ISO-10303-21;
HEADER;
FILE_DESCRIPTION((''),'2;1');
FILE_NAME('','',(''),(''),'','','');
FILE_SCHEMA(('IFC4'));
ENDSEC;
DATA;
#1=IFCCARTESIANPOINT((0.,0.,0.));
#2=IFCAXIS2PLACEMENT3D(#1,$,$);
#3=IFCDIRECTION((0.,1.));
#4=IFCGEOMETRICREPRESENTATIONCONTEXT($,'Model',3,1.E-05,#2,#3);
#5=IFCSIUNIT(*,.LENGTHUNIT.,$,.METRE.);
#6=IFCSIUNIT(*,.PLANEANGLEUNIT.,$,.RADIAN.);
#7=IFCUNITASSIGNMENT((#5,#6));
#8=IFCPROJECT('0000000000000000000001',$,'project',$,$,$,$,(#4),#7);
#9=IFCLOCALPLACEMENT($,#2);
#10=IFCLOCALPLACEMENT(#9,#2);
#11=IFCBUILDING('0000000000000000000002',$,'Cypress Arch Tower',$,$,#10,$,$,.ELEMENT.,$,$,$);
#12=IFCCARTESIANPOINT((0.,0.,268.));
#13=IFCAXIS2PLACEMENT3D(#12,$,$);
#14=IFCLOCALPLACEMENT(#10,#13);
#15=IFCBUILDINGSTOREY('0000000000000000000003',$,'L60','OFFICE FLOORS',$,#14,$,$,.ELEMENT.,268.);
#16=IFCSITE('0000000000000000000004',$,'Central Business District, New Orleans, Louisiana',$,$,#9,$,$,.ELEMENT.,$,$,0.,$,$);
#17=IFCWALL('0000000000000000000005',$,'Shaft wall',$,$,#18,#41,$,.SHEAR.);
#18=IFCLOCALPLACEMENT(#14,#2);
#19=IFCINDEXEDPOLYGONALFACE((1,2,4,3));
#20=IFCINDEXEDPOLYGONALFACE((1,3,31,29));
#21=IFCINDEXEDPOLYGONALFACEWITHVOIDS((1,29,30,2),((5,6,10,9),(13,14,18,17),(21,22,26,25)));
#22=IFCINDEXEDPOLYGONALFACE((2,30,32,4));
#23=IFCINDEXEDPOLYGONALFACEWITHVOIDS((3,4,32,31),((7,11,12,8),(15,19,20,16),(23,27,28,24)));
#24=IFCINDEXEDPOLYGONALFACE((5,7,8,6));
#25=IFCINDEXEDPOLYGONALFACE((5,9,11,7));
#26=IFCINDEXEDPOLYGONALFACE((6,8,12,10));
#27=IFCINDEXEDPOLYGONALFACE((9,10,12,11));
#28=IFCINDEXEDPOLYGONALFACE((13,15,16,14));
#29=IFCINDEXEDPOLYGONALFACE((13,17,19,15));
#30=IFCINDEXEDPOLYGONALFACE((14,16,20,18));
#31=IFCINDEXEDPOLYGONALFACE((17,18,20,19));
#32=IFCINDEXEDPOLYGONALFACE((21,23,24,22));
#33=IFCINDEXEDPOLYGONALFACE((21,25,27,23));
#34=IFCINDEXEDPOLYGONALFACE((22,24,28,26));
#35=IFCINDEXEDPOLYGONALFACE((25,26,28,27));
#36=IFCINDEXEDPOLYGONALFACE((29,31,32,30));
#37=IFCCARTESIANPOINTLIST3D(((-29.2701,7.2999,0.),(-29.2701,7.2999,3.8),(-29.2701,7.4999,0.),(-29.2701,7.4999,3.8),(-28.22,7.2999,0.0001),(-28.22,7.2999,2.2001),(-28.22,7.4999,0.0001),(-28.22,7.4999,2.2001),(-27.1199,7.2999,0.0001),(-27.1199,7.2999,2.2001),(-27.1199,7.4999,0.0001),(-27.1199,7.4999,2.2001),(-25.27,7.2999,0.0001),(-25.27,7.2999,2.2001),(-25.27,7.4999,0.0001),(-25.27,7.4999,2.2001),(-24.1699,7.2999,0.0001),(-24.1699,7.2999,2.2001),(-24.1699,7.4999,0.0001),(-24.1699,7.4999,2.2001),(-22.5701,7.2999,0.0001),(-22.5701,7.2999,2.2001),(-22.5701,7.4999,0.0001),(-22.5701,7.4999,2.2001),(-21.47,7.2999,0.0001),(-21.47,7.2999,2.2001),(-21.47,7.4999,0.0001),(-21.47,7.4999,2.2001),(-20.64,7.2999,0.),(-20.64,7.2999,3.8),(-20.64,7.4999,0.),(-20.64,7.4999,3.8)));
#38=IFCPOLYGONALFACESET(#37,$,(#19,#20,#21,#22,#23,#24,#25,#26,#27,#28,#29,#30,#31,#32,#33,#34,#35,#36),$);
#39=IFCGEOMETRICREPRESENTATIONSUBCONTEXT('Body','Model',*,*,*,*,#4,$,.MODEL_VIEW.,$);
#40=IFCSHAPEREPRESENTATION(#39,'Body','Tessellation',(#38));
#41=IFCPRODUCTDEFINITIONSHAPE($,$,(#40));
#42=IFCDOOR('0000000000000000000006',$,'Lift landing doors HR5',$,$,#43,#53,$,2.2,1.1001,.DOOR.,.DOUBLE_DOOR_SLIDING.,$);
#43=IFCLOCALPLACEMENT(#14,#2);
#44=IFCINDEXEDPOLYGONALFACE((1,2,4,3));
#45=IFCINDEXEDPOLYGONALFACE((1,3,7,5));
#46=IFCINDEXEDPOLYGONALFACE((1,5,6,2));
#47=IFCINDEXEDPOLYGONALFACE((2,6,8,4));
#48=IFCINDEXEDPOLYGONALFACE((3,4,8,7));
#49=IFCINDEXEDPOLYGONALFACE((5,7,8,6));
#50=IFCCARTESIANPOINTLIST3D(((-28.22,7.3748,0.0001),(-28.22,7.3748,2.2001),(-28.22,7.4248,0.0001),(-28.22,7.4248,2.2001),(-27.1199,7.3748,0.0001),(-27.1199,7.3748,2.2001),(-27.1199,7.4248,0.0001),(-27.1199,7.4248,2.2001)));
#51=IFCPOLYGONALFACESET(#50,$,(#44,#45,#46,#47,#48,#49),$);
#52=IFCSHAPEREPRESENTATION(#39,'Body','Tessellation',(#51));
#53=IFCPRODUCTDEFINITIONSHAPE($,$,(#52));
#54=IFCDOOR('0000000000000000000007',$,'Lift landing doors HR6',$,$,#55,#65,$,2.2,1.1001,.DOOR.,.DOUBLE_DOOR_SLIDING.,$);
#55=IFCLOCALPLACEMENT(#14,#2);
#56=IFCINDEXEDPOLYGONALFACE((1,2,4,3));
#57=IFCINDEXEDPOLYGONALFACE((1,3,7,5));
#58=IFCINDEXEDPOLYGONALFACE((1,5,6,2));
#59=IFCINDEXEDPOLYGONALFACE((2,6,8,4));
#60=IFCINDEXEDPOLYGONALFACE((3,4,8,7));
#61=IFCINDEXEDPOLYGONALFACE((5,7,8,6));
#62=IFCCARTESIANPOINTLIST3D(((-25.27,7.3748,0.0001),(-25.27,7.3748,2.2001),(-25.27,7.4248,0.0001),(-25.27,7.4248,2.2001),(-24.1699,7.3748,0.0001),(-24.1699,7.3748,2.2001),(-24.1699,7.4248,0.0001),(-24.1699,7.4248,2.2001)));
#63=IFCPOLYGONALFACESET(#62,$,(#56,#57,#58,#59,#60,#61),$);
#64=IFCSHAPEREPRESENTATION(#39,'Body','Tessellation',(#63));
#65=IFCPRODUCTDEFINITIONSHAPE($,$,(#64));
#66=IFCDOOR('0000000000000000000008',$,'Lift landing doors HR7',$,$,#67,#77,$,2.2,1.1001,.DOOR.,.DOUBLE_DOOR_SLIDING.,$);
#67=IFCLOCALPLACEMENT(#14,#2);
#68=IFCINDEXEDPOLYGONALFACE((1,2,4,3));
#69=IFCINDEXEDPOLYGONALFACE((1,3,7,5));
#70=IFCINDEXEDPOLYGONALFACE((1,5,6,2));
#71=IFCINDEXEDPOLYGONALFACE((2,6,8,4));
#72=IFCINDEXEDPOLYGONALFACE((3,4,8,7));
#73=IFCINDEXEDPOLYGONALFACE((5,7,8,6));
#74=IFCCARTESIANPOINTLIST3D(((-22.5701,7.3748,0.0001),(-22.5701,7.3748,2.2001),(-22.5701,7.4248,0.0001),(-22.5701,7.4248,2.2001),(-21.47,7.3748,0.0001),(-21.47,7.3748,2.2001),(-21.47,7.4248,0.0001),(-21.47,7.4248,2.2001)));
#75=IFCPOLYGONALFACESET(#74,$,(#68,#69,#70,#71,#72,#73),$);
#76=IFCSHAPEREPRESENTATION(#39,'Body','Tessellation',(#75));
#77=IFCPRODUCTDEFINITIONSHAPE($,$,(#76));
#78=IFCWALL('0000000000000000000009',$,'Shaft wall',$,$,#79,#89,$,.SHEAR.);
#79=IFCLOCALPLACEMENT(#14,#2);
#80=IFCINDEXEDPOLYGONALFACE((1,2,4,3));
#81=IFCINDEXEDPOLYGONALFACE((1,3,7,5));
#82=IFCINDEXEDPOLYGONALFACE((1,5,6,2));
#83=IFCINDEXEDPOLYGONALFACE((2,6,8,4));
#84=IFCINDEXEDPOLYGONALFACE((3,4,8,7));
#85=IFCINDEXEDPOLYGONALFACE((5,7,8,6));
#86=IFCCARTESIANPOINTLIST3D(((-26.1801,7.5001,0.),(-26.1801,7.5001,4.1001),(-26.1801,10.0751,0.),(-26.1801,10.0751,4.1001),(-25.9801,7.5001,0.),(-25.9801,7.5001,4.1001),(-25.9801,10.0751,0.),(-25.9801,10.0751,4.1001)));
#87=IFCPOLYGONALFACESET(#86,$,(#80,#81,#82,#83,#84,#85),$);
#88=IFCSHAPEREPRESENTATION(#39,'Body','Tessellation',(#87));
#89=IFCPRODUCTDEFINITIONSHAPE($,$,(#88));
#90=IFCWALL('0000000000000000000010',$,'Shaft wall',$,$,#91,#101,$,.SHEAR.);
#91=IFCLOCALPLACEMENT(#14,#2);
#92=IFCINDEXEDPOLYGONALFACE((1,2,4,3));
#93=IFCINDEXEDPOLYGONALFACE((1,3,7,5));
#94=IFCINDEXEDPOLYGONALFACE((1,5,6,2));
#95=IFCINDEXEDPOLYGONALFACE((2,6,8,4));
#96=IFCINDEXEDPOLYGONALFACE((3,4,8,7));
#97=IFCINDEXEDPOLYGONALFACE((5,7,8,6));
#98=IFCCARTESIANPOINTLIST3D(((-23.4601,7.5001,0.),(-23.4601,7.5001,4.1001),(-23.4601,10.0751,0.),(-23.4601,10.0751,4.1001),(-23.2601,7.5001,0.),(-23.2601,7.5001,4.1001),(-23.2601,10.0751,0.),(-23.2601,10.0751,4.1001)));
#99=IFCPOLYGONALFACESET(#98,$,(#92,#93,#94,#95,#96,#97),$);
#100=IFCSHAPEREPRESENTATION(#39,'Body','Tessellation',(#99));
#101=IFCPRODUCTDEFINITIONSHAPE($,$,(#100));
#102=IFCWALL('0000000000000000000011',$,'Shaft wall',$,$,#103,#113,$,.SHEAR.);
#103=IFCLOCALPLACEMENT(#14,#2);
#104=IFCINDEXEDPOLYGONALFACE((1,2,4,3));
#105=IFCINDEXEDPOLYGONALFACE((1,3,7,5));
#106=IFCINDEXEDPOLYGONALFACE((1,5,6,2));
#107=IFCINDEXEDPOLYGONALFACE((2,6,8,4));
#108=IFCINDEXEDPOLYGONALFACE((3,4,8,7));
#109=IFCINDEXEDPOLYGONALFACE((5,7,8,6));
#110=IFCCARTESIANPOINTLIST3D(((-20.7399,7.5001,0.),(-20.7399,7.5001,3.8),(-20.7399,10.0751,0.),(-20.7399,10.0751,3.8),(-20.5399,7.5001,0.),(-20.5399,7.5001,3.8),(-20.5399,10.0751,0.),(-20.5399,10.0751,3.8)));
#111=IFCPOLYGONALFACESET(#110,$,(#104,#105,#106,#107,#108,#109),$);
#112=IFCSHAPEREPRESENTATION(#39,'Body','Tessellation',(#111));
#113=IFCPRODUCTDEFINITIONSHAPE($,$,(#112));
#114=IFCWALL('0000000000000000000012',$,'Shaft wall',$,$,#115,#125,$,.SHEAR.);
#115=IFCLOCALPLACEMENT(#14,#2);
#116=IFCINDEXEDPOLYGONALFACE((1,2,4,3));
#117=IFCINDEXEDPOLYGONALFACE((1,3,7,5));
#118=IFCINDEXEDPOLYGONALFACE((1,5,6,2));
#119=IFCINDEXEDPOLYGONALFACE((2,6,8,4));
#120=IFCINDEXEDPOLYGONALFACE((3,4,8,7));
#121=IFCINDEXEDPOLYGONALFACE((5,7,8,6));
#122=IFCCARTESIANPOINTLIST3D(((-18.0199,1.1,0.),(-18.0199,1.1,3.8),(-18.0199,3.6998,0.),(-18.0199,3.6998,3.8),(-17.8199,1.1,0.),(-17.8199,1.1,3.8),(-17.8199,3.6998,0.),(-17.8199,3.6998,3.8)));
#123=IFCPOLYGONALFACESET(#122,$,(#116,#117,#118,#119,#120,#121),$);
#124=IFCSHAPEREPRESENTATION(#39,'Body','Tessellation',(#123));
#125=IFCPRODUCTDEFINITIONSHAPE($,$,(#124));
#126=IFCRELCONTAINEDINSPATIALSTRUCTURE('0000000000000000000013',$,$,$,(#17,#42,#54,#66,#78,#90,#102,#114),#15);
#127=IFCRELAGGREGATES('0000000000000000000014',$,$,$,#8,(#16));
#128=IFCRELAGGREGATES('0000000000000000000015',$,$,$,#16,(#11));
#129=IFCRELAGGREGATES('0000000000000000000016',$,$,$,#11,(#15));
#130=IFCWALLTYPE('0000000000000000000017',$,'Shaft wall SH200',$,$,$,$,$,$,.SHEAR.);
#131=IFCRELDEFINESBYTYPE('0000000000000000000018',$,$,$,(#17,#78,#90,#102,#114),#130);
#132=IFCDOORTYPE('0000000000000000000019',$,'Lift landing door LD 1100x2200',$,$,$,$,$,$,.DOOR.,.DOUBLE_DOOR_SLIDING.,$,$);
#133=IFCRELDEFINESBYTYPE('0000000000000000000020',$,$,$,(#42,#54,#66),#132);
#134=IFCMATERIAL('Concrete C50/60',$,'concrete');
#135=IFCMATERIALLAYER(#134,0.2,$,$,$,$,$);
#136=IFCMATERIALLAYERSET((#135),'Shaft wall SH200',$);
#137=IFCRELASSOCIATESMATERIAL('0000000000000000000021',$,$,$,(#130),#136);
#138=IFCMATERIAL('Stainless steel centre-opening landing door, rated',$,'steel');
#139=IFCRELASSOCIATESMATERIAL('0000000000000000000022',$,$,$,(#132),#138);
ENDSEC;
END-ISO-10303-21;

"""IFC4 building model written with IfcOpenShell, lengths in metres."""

from ifc_helpers import new_model, si_unit, direction, frame, frame_2d, origin, place, context, subcontext, project, spatial, rectangle, extrude, material, layer, layer_set, type_object, element, fill, save


model = new_model("IFC4")

# Units and contexts
model_context = context("Model", 3, precision=1e-05, world=origin(), true_north=direction((0.0, 1.0)))
body_context = subcontext(model_context, "Body", "Model", "MODEL_VIEW")
ifc_project = project(units=[si_unit("LENGTHUNIT", "METRE"), si_unit("PLANEANGLEUNIT", "RADIAN")], contexts=[model_context])

# Site, building, storey
site_placement = place(None, origin())
site = spatial("IfcSite", under=ifc_project, at=site_placement, Name="Central Business District, New Orleans, Louisiana", CompositionType="ELEMENT", RefElevation=0.0)
building_placement = place(site_placement, origin())
building = spatial("IfcBuilding", under=site, at=building_placement, Name="Cypress Arch Tower", CompositionType="ELEMENT")
storey_placement = place(building_placement, frame((0.0, 0.0, 268.0)))
storey = spatial("IfcBuildingStorey", under=building, at=storey_placement, Name="L60", Description="OFFICE FLOORS", CompositionType="ELEMENT", Elevation=268.0)

# Wall, openings, doors
ifc_material_1 = material(Name="Concrete C50/60", Category="concrete")
ifc_layer_1 = layer(ifc_material_1, 0.2)
ifc_layer_set_1 = layer_set([ifc_layer_1], Name="Shaft wall SH200")
wall_type_1 = type_object("IfcWallType", Name="Shaft wall SH200", PredefinedType="SHEAR", material=ifc_layer_set_1)
wall_1_placement = place(storey_placement, frame((-29.27, 7.3999, 0.0), z_axis=(0.0, 0.0, 1.0), x_axis=(1.0, 0.0, 0.0)))
wall_1 = element("IfcWall", 1, at=wall_1_placement, inside=storey, type_object=wall_type_1, Name="Shaft wall", PredefinedType="SHEAR", context=body_context, shape_type="SweptSolid", body=[
    extrude(rectangle(XDim=8.6301, YDim=0.2, at=frame_2d((4.3149, 0.0))), origin(), (0.0, 0.0, 1.0), 3.8),
])
opening_1_placement = place(wall_1_placement, frame((1.05, 0.0, 0.0)))
opening_1 = element("IfcOpeningElement", 2, at=opening_1_placement, cuts=wall_1, PredefinedType="OPENING", context=body_context, shape_type="SweptSolid", body=[
    extrude(rectangle(XDim=1.1001, YDim=2.2, at=frame_2d((0.55, 1.1001))), frame((0.0, 0.1099, 0.0), z_axis=(0.0, -1.0, 0.0), x_axis=(1.0, 0.0, 0.0)), (0.0, 0.0, 1.0), 0.22),
])
opening_2_placement = place(wall_1_placement, frame((4.0, 0.0, 0.0)))
opening_2 = element("IfcOpeningElement", 3, at=opening_2_placement, cuts=wall_1, PredefinedType="OPENING", context=body_context, shape_type="SweptSolid", body=[
    extrude(rectangle(XDim=1.1001, YDim=2.2, at=frame_2d((0.55, 1.1001))), frame((0.0, 0.1099, 0.0), z_axis=(0.0, -1.0, 0.0), x_axis=(1.0, 0.0, 0.0)), (0.0, 0.0, 1.0), 0.22),
])
opening_3_placement = place(wall_1_placement, frame((6.7, 0.0, 0.0)))
opening_3 = element("IfcOpeningElement", 4, at=opening_3_placement, cuts=wall_1, PredefinedType="OPENING", context=body_context, shape_type="SweptSolid", body=[
    extrude(rectangle(XDim=1.1001, YDim=2.2, at=frame_2d((0.55, 1.1001))), frame((0.0, 0.1099, 0.0), z_axis=(0.0, -1.0, 0.0), x_axis=(1.0, 0.0, 0.0)), (0.0, 0.0, 1.0), 0.22),
])
ifc_material_2 = material(Name="Stainless steel centre-opening landing door, rated", Category="steel")
door_type_1 = type_object("IfcDoorType", Name="Lift landing door LD 1100x2200", OperationType="DOUBLE_DOOR_SLIDING", PredefinedType="DOOR", material=ifc_material_2)
door_1_placement = place(opening_1_placement, origin())
door_1 = element("IfcDoor", 5, at=door_1_placement, inside=storey, type_object=door_type_1, Name="Lift landing doors HR5", OperationType="DOUBLE_DOOR_SLIDING", OverallHeight=2.2, OverallWidth=1.1001, PredefinedType="DOOR", context=body_context, shape_type="SweptSolid", body=[
    extrude(rectangle(XDim=1.1001, YDim=2.2, at=frame_2d((0.55, 1.1001))), frame((0.0, 0.0249, 0.0), z_axis=(0.0, -1.0, 0.0), x_axis=(1.0, 0.0, 0.0)), (0.0, 0.0, 1.0), 0.05),
])
fill(opening_1, door_1)
door_2_placement = place(opening_2_placement, origin())
door_2 = element("IfcDoor", 6, at=door_2_placement, inside=storey, type_object=door_type_1, Name="Lift landing doors HR6", OperationType="DOUBLE_DOOR_SLIDING", OverallHeight=2.2, OverallWidth=1.1001, PredefinedType="DOOR", context=body_context, shape_type="SweptSolid", body=[
    extrude(rectangle(XDim=1.1001, YDim=2.2, at=frame_2d((0.55, 1.1001))), frame((0.0, 0.0249, 0.0), z_axis=(0.0, -1.0, 0.0), x_axis=(1.0, 0.0, 0.0)), (0.0, 0.0, 1.0), 0.05),
])
fill(opening_2, door_2)
door_3_placement = place(opening_3_placement, origin())
door_3 = element("IfcDoor", 7, at=door_3_placement, inside=storey, type_object=door_type_1, Name="Lift landing doors HR7", OperationType="DOUBLE_DOOR_SLIDING", OverallHeight=2.2, OverallWidth=1.1001, PredefinedType="DOOR", context=body_context, shape_type="SweptSolid", body=[
    extrude(rectangle(XDim=1.1001, YDim=2.2, at=frame_2d((0.55, 1.1001))), frame((0.0, 0.0249, 0.0), z_axis=(0.0, -1.0, 0.0), x_axis=(1.0, 0.0, 0.0)), (0.0, 0.0, 1.0), 0.05),
])
fill(opening_3, door_3)

# Walls
for number, where, z_axis, x_axis, name in (
    (8, (-26.0801, 7.5, 0.0), (0.0, 0.0, 1.0), (0.0, 1.0, 0.0), "Shaft wall"),
    (9, (-23.3601, 7.5, 0.0), (0.0, 0.0, 1.0), (0.0, 1.0, 0.0), "Shaft wall"),
):
    element("IfcWall", number, at=place(storey_placement, frame(where, z_axis=z_axis, x_axis=x_axis)), inside=storey, type_object=wall_type_1, Name=name, PredefinedType="SHEAR", context=body_context, shape_type="SweptSolid", body=[
        extrude(rectangle(XDim=2.575, YDim=0.2, at=frame_2d((1.2876, 0.0))), origin(), (0.0, 0.0, 1.0), 4.1001),
    ])
wall_2_placement = place(storey_placement, frame((-20.6399, 7.5, 0.0), z_axis=(0.0, 0.0, 1.0), x_axis=(0.0, 1.0, 0.0)))
element("IfcWall", 10, at=wall_2_placement, inside=storey, type_object=wall_type_1, Name="Shaft wall", PredefinedType="SHEAR", context=body_context, shape_type="SweptSolid", body=[
    extrude(rectangle(XDim=2.575, YDim=0.2, at=frame_2d((1.2876, 0.0))), origin(), (0.0, 0.0, 1.0), 3.8),
])
wall_3_placement = place(storey_placement, frame((-17.9199, 1.1001, 0.0), z_axis=(0.0, 0.0, 1.0), x_axis=(0.0, 1.0, 0.0)))
element("IfcWall", 11, at=wall_3_placement, inside=storey, type_object=wall_type_1, Name="Shaft wall", PredefinedType="SHEAR", context=body_context, shape_type="SweptSolid", body=[
    extrude(rectangle(XDim=2.5999, YDim=0.2, at=frame_2d((1.2998, 0.0))), origin(), (0.0, 0.0, 1.0), 3.8),
])

save(model, "model.ifc")
